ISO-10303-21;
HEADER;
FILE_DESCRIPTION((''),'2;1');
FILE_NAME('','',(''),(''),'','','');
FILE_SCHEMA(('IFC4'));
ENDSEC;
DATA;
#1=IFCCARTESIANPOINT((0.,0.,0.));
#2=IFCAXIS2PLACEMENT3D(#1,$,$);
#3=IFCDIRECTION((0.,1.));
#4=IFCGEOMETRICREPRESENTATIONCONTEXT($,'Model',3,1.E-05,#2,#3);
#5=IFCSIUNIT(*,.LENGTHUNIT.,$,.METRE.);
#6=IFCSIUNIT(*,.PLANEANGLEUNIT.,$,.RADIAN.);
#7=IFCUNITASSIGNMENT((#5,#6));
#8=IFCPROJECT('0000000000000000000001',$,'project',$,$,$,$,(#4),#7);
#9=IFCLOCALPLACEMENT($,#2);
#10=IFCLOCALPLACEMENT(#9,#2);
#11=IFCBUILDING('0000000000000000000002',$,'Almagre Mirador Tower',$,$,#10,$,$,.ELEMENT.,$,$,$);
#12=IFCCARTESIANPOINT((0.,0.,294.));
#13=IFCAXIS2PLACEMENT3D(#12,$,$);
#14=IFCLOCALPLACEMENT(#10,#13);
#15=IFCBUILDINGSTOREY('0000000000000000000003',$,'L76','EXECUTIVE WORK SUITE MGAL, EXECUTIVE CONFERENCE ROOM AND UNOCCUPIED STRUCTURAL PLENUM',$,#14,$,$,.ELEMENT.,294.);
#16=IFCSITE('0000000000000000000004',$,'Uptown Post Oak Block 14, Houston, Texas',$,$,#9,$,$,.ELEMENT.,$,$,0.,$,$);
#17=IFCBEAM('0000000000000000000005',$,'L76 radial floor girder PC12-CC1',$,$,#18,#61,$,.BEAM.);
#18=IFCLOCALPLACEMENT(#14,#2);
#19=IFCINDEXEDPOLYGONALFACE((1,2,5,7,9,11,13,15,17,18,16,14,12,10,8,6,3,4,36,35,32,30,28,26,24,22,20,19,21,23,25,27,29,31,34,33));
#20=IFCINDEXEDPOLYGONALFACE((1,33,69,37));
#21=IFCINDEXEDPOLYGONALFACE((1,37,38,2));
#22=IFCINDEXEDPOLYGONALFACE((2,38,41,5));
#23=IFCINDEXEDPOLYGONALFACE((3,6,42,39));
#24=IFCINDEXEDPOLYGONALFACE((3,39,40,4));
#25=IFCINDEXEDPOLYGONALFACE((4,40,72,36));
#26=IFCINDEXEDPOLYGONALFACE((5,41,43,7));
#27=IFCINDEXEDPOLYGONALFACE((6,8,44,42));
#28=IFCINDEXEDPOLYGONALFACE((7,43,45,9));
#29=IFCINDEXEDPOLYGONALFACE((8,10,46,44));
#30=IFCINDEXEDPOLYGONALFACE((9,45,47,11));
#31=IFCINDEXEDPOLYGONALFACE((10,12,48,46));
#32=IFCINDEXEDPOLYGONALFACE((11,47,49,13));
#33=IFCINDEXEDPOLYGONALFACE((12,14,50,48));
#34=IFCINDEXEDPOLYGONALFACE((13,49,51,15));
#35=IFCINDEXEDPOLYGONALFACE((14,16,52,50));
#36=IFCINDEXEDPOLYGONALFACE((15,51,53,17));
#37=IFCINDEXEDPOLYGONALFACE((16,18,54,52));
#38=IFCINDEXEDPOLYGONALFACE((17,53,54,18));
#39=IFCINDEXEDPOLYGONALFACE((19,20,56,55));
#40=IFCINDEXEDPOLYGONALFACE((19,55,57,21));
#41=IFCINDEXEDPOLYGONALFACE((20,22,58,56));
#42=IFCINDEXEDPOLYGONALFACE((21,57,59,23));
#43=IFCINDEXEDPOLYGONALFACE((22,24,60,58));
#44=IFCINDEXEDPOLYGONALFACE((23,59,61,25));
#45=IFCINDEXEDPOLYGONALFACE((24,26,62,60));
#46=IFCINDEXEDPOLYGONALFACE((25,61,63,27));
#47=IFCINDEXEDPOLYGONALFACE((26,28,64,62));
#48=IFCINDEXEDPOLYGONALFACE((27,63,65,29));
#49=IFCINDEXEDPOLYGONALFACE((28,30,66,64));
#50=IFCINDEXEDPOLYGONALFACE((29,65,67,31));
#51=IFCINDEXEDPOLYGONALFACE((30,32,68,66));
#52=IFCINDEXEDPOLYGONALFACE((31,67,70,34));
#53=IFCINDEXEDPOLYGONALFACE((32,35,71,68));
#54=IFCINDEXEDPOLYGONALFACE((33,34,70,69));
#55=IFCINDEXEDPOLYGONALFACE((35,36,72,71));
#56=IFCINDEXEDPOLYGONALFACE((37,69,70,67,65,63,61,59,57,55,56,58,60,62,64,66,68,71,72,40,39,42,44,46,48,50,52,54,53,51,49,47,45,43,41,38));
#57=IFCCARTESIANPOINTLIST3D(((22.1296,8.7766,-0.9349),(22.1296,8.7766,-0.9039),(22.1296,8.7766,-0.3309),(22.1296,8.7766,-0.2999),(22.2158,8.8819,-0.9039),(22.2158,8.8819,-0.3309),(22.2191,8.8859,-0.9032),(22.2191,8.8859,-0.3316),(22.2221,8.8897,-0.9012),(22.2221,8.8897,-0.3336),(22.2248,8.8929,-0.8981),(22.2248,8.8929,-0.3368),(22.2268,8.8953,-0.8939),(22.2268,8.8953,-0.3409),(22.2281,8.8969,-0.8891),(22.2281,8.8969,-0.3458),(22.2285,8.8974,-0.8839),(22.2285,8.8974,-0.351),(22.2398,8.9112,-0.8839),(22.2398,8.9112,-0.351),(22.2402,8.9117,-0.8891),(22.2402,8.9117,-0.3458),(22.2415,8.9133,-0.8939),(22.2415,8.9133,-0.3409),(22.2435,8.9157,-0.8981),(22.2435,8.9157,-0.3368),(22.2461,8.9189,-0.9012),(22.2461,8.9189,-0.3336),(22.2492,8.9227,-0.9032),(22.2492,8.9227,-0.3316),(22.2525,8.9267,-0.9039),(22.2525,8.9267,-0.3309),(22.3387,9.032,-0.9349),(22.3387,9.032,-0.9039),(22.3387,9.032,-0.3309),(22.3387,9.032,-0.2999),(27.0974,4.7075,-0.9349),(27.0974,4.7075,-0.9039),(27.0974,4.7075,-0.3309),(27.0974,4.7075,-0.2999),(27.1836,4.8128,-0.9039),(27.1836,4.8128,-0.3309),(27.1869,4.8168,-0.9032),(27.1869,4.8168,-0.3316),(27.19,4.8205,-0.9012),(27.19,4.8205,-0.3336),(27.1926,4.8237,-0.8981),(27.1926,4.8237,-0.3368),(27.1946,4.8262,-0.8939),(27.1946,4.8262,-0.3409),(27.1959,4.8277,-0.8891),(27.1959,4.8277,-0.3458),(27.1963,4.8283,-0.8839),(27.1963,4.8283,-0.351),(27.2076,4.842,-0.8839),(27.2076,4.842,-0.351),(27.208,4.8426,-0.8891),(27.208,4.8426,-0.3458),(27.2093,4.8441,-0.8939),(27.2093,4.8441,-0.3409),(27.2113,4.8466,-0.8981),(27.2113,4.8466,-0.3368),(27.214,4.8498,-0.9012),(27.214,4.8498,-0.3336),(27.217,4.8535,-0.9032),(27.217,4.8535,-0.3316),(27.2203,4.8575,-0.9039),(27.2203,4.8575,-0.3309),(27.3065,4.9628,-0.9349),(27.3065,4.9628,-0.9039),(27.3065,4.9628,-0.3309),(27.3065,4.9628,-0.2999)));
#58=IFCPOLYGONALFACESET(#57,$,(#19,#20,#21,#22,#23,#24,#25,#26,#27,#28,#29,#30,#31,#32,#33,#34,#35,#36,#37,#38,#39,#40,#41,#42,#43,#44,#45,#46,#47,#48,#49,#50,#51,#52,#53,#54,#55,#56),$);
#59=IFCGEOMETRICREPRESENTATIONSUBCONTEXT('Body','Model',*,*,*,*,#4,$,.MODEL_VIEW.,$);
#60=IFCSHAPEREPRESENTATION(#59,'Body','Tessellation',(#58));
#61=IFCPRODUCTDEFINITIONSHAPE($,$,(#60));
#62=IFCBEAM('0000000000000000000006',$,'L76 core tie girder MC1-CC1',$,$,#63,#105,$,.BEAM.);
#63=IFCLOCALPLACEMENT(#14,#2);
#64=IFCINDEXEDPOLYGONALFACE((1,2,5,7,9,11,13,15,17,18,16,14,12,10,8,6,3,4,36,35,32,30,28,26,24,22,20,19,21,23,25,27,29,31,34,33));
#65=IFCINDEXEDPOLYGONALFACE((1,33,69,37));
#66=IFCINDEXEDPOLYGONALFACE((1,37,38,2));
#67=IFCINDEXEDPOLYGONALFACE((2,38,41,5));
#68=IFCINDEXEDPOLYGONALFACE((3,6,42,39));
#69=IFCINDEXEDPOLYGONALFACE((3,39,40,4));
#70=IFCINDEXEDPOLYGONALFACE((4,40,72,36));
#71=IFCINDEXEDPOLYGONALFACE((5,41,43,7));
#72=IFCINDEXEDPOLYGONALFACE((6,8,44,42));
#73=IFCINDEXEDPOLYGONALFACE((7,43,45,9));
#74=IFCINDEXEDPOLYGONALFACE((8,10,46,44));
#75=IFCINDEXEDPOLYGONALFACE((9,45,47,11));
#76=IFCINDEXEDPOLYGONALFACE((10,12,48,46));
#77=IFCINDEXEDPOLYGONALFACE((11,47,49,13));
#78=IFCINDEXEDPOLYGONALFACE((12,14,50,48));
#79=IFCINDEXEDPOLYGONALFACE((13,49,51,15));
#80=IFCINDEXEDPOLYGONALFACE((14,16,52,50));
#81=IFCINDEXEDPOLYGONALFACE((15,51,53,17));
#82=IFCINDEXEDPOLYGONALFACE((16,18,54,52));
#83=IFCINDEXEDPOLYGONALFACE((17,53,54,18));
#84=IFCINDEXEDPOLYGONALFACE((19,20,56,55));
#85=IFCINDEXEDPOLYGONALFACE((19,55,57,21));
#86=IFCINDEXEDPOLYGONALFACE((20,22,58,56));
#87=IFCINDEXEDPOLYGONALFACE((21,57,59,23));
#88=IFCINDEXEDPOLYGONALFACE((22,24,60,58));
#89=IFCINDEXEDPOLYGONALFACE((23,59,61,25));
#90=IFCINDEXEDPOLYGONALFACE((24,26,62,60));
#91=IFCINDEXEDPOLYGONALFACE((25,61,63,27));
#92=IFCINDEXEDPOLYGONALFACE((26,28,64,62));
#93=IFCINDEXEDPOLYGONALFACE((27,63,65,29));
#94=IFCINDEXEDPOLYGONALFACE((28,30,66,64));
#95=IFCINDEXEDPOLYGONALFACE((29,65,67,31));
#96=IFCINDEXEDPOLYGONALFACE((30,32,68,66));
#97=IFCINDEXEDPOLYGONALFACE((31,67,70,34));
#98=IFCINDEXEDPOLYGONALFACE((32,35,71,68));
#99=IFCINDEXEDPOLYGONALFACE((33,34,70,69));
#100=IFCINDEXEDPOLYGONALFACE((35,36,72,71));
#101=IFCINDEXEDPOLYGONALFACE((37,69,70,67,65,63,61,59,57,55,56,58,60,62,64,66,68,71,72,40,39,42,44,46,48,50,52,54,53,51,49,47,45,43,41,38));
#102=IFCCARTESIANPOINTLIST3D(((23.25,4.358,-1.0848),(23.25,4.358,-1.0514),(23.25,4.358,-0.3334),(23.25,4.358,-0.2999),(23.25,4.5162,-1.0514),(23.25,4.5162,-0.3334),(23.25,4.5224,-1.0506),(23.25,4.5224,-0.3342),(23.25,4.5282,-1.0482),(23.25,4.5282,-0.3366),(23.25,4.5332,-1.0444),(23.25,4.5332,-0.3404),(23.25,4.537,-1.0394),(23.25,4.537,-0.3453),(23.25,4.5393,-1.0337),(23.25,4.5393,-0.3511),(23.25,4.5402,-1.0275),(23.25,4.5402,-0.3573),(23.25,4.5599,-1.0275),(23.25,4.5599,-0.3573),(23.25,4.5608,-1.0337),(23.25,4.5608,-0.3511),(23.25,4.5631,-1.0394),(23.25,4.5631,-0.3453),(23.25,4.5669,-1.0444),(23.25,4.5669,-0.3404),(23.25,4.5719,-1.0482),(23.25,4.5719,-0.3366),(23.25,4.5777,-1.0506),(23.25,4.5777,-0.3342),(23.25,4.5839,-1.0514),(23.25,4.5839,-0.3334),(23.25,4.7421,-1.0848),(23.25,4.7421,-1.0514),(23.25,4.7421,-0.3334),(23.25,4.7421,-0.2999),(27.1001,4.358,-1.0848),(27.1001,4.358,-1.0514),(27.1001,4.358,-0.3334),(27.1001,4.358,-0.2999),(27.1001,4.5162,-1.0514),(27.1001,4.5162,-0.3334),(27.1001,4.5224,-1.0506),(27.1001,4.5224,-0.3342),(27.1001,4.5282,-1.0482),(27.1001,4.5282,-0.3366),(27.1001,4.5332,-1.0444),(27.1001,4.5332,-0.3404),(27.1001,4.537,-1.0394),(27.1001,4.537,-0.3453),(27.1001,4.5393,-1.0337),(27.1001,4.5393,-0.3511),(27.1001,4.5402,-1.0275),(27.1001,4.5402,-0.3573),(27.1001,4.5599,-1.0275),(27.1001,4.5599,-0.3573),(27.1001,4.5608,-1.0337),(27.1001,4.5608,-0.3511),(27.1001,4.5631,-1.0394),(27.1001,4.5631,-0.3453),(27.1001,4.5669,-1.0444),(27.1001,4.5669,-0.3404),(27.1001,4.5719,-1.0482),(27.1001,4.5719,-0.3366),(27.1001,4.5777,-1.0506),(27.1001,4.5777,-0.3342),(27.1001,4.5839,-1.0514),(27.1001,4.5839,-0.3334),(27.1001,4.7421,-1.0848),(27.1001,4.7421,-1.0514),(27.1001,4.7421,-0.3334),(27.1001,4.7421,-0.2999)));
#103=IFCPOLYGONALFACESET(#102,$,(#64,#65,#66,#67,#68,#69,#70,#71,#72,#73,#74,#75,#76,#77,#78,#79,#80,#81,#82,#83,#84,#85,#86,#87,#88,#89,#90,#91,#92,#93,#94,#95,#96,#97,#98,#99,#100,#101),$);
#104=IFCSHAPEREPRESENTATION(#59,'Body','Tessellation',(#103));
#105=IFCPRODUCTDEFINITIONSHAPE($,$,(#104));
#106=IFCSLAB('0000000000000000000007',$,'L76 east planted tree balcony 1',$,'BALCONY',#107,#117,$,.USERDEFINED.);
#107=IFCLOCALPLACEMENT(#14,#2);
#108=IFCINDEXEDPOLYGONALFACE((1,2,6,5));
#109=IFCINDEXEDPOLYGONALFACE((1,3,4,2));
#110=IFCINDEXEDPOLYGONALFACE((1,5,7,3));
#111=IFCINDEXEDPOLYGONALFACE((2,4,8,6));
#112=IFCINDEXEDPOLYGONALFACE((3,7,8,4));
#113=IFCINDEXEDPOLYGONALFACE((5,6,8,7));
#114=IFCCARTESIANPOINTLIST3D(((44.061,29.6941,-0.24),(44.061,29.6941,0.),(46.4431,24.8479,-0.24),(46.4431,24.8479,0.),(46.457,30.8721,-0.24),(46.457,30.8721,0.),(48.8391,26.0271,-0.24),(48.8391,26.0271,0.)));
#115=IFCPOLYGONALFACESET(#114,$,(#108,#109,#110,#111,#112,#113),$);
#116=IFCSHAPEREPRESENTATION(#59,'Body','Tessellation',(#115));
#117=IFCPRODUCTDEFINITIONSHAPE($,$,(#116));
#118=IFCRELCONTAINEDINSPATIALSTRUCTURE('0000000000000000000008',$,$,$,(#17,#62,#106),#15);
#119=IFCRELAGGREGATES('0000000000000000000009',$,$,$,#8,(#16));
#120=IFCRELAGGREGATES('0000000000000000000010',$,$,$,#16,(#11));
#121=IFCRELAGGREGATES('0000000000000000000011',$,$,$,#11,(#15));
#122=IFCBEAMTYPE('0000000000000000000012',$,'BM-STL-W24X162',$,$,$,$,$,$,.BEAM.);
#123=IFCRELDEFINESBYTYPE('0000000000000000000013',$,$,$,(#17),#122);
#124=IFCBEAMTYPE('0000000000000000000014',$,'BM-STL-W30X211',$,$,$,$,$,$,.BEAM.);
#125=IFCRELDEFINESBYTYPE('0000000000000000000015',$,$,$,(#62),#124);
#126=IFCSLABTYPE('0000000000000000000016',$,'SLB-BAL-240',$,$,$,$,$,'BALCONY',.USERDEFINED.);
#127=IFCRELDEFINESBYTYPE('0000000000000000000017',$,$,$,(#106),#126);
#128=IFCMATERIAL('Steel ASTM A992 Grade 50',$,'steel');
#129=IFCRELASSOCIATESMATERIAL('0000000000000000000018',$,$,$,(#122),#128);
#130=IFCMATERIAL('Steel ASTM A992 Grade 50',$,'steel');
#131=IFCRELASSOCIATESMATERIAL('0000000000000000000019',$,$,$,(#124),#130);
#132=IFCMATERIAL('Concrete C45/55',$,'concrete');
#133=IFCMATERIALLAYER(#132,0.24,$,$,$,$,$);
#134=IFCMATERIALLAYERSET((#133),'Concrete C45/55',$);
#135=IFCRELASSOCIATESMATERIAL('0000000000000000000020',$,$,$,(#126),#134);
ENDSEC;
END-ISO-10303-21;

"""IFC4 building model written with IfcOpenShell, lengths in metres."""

from ifc_helpers import new_model, si_unit, direction, frame, origin, origin_2d, place, context, subcontext, project, spatial, polyline, i_section, outline, extrude, material, layer, layer_set, material_profile, profile_set, type_object, element, save


model = new_model("IFC4")

# Units and contexts
model_context = context("Model", 3, precision=1e-05, world=origin(), true_north=direction((0.0, 1.0)))
body_context = subcontext(model_context, "Body", "Model", "MODEL_VIEW")
ifc_project = project(units=[si_unit("LENGTHUNIT", "METRE"), si_unit("PLANEANGLEUNIT", "RADIAN")], contexts=[model_context])

# Site, building, storey
site_placement = place(None, origin())
site = spatial("IfcSite", under=ifc_project, at=site_placement, Name="Uptown Post Oak Block 14, Houston, Texas", CompositionType="ELEMENT", RefElevation=0.0)
building_placement = place(site_placement, origin())
building = spatial("IfcBuilding", under=site, at=building_placement, Name="Almagre Mirador Tower", CompositionType="ELEMENT")
storey_placement = place(building_placement, frame((0.0, 0.0, 294.0)))
storey = spatial("IfcBuildingStorey", under=building, at=storey_placement, Name="L76", Description="EXECUTIVE WORK SUITE MGAL, EXECUTIVE CONFERENCE ROOM AND UNOCCUPIED STRUCTURAL PLENUM", CompositionType="ELEMENT", Elevation=294.0)

# Beams
ifc_material_1 = material(Name="Steel ASTM A992 Grade 50", Category="steel")
ifc_material_profile_1 = material_profile(ifc_material_1, i_section(OverallWidth=0.3301, OverallDepth=0.635, WebThickness=0.0178, FlangeThickness=0.031, FilletRadius=0.02, at=origin_2d()), Name="W24X162")
ifc_profile_set_1 = profile_set([ifc_material_profile_1], Name="Steel ASTM A992 Grade 50")
beam_type_1 = type_object("IfcBeamType", Name="BM-STL-W24X162", PredefinedType="BEAM", material=ifc_profile_set_1)
beam_1_placement = place(storey_placement, frame((22.2341, 8.9043, -0.6174), z_axis=(0.77361, -0.633662, 0.0), x_axis=(0.633662, 0.77361, 0.0)))
element("IfcBeam", 1, at=beam_1_placement, inside=storey, type_object=beam_type_1, Name="L76 radial floor girder PC12-CC1", PredefinedType="BEAM", context=body_context, shape_type="SweptSolid", body=[
    extrude(i_section(OverallWidth=0.3301, OverallDepth=0.635, WebThickness=0.0178, FlangeThickness=0.031, FilletRadius=0.02, at=origin_2d()), origin(), (0.0, 0.0, 1.0), 6.4216),
])
ifc_material_2 = material(Name="Steel ASTM A992 Grade 50", Category="steel")
ifc_material_profile_2 = material_profile(ifc_material_2, i_section(OverallWidth=0.384, OverallDepth=0.7849, WebThickness=0.0198, FlangeThickness=0.0334, FilletRadius=0.0239, at=origin_2d()), Name="W30X211")
ifc_profile_set_2 = profile_set([ifc_material_profile_2], Name="Steel ASTM A992 Grade 50")
beam_type_2 = type_object("IfcBeamType", Name="BM-STL-W30X211", PredefinedType="BEAM", material=ifc_profile_set_2)
beam_2_placement = place(storey_placement, frame((23.25, 4.55, -0.6924), z_axis=(1.0, 0.0, 0.0), x_axis=(0.0, 1.0, 0.0)))
element("IfcBeam", 2, at=beam_2_placement, inside=storey, type_object=beam_type_2, Name="L76 core tie girder MC1-CC1", PredefinedType="BEAM", context=body_context, shape_type="SweptSolid", body=[
    extrude(i_section(OverallWidth=0.384, OverallDepth=0.7849, WebThickness=0.0198, FlangeThickness=0.0334, FilletRadius=0.0239, at=origin_2d()), origin(), (0.0, 0.0, 1.0), 3.8501),
])

# Slab
ifc_material_3 = material(Name="Concrete C45/55", Category="concrete")
ifc_layer_1 = layer(ifc_material_3, 0.24)
ifc_layer_set_1 = layer_set([ifc_layer_1], Name="Concrete C45/55")
slab_type_1 = type_object("IfcSlabType", Name="SLB-BAL-240", ElementType="BALCONY", PredefinedType="USERDEFINED", material=ifc_layer_set_1)
slab_1_placement = place(storey_placement, frame((0.0, 0.0, -0.24)))
element("IfcSlab", 3, at=slab_1_placement, inside=storey, type_object=slab_type_1, Name="L76 east planted tree balcony 1", ObjectType="BALCONY", PredefinedType="USERDEFINED", context=body_context, shape_type="SweptSolid", body=[
    extrude(outline(polyline([(46.4431, 24.8479), (44.061, 29.6941), (46.457, 30.8721), (48.8391, 26.0271), (46.4431, 24.8479)])), origin(), (0.0, 0.0, 1.0), 0.24),
])

save(model, "model.ifc")
